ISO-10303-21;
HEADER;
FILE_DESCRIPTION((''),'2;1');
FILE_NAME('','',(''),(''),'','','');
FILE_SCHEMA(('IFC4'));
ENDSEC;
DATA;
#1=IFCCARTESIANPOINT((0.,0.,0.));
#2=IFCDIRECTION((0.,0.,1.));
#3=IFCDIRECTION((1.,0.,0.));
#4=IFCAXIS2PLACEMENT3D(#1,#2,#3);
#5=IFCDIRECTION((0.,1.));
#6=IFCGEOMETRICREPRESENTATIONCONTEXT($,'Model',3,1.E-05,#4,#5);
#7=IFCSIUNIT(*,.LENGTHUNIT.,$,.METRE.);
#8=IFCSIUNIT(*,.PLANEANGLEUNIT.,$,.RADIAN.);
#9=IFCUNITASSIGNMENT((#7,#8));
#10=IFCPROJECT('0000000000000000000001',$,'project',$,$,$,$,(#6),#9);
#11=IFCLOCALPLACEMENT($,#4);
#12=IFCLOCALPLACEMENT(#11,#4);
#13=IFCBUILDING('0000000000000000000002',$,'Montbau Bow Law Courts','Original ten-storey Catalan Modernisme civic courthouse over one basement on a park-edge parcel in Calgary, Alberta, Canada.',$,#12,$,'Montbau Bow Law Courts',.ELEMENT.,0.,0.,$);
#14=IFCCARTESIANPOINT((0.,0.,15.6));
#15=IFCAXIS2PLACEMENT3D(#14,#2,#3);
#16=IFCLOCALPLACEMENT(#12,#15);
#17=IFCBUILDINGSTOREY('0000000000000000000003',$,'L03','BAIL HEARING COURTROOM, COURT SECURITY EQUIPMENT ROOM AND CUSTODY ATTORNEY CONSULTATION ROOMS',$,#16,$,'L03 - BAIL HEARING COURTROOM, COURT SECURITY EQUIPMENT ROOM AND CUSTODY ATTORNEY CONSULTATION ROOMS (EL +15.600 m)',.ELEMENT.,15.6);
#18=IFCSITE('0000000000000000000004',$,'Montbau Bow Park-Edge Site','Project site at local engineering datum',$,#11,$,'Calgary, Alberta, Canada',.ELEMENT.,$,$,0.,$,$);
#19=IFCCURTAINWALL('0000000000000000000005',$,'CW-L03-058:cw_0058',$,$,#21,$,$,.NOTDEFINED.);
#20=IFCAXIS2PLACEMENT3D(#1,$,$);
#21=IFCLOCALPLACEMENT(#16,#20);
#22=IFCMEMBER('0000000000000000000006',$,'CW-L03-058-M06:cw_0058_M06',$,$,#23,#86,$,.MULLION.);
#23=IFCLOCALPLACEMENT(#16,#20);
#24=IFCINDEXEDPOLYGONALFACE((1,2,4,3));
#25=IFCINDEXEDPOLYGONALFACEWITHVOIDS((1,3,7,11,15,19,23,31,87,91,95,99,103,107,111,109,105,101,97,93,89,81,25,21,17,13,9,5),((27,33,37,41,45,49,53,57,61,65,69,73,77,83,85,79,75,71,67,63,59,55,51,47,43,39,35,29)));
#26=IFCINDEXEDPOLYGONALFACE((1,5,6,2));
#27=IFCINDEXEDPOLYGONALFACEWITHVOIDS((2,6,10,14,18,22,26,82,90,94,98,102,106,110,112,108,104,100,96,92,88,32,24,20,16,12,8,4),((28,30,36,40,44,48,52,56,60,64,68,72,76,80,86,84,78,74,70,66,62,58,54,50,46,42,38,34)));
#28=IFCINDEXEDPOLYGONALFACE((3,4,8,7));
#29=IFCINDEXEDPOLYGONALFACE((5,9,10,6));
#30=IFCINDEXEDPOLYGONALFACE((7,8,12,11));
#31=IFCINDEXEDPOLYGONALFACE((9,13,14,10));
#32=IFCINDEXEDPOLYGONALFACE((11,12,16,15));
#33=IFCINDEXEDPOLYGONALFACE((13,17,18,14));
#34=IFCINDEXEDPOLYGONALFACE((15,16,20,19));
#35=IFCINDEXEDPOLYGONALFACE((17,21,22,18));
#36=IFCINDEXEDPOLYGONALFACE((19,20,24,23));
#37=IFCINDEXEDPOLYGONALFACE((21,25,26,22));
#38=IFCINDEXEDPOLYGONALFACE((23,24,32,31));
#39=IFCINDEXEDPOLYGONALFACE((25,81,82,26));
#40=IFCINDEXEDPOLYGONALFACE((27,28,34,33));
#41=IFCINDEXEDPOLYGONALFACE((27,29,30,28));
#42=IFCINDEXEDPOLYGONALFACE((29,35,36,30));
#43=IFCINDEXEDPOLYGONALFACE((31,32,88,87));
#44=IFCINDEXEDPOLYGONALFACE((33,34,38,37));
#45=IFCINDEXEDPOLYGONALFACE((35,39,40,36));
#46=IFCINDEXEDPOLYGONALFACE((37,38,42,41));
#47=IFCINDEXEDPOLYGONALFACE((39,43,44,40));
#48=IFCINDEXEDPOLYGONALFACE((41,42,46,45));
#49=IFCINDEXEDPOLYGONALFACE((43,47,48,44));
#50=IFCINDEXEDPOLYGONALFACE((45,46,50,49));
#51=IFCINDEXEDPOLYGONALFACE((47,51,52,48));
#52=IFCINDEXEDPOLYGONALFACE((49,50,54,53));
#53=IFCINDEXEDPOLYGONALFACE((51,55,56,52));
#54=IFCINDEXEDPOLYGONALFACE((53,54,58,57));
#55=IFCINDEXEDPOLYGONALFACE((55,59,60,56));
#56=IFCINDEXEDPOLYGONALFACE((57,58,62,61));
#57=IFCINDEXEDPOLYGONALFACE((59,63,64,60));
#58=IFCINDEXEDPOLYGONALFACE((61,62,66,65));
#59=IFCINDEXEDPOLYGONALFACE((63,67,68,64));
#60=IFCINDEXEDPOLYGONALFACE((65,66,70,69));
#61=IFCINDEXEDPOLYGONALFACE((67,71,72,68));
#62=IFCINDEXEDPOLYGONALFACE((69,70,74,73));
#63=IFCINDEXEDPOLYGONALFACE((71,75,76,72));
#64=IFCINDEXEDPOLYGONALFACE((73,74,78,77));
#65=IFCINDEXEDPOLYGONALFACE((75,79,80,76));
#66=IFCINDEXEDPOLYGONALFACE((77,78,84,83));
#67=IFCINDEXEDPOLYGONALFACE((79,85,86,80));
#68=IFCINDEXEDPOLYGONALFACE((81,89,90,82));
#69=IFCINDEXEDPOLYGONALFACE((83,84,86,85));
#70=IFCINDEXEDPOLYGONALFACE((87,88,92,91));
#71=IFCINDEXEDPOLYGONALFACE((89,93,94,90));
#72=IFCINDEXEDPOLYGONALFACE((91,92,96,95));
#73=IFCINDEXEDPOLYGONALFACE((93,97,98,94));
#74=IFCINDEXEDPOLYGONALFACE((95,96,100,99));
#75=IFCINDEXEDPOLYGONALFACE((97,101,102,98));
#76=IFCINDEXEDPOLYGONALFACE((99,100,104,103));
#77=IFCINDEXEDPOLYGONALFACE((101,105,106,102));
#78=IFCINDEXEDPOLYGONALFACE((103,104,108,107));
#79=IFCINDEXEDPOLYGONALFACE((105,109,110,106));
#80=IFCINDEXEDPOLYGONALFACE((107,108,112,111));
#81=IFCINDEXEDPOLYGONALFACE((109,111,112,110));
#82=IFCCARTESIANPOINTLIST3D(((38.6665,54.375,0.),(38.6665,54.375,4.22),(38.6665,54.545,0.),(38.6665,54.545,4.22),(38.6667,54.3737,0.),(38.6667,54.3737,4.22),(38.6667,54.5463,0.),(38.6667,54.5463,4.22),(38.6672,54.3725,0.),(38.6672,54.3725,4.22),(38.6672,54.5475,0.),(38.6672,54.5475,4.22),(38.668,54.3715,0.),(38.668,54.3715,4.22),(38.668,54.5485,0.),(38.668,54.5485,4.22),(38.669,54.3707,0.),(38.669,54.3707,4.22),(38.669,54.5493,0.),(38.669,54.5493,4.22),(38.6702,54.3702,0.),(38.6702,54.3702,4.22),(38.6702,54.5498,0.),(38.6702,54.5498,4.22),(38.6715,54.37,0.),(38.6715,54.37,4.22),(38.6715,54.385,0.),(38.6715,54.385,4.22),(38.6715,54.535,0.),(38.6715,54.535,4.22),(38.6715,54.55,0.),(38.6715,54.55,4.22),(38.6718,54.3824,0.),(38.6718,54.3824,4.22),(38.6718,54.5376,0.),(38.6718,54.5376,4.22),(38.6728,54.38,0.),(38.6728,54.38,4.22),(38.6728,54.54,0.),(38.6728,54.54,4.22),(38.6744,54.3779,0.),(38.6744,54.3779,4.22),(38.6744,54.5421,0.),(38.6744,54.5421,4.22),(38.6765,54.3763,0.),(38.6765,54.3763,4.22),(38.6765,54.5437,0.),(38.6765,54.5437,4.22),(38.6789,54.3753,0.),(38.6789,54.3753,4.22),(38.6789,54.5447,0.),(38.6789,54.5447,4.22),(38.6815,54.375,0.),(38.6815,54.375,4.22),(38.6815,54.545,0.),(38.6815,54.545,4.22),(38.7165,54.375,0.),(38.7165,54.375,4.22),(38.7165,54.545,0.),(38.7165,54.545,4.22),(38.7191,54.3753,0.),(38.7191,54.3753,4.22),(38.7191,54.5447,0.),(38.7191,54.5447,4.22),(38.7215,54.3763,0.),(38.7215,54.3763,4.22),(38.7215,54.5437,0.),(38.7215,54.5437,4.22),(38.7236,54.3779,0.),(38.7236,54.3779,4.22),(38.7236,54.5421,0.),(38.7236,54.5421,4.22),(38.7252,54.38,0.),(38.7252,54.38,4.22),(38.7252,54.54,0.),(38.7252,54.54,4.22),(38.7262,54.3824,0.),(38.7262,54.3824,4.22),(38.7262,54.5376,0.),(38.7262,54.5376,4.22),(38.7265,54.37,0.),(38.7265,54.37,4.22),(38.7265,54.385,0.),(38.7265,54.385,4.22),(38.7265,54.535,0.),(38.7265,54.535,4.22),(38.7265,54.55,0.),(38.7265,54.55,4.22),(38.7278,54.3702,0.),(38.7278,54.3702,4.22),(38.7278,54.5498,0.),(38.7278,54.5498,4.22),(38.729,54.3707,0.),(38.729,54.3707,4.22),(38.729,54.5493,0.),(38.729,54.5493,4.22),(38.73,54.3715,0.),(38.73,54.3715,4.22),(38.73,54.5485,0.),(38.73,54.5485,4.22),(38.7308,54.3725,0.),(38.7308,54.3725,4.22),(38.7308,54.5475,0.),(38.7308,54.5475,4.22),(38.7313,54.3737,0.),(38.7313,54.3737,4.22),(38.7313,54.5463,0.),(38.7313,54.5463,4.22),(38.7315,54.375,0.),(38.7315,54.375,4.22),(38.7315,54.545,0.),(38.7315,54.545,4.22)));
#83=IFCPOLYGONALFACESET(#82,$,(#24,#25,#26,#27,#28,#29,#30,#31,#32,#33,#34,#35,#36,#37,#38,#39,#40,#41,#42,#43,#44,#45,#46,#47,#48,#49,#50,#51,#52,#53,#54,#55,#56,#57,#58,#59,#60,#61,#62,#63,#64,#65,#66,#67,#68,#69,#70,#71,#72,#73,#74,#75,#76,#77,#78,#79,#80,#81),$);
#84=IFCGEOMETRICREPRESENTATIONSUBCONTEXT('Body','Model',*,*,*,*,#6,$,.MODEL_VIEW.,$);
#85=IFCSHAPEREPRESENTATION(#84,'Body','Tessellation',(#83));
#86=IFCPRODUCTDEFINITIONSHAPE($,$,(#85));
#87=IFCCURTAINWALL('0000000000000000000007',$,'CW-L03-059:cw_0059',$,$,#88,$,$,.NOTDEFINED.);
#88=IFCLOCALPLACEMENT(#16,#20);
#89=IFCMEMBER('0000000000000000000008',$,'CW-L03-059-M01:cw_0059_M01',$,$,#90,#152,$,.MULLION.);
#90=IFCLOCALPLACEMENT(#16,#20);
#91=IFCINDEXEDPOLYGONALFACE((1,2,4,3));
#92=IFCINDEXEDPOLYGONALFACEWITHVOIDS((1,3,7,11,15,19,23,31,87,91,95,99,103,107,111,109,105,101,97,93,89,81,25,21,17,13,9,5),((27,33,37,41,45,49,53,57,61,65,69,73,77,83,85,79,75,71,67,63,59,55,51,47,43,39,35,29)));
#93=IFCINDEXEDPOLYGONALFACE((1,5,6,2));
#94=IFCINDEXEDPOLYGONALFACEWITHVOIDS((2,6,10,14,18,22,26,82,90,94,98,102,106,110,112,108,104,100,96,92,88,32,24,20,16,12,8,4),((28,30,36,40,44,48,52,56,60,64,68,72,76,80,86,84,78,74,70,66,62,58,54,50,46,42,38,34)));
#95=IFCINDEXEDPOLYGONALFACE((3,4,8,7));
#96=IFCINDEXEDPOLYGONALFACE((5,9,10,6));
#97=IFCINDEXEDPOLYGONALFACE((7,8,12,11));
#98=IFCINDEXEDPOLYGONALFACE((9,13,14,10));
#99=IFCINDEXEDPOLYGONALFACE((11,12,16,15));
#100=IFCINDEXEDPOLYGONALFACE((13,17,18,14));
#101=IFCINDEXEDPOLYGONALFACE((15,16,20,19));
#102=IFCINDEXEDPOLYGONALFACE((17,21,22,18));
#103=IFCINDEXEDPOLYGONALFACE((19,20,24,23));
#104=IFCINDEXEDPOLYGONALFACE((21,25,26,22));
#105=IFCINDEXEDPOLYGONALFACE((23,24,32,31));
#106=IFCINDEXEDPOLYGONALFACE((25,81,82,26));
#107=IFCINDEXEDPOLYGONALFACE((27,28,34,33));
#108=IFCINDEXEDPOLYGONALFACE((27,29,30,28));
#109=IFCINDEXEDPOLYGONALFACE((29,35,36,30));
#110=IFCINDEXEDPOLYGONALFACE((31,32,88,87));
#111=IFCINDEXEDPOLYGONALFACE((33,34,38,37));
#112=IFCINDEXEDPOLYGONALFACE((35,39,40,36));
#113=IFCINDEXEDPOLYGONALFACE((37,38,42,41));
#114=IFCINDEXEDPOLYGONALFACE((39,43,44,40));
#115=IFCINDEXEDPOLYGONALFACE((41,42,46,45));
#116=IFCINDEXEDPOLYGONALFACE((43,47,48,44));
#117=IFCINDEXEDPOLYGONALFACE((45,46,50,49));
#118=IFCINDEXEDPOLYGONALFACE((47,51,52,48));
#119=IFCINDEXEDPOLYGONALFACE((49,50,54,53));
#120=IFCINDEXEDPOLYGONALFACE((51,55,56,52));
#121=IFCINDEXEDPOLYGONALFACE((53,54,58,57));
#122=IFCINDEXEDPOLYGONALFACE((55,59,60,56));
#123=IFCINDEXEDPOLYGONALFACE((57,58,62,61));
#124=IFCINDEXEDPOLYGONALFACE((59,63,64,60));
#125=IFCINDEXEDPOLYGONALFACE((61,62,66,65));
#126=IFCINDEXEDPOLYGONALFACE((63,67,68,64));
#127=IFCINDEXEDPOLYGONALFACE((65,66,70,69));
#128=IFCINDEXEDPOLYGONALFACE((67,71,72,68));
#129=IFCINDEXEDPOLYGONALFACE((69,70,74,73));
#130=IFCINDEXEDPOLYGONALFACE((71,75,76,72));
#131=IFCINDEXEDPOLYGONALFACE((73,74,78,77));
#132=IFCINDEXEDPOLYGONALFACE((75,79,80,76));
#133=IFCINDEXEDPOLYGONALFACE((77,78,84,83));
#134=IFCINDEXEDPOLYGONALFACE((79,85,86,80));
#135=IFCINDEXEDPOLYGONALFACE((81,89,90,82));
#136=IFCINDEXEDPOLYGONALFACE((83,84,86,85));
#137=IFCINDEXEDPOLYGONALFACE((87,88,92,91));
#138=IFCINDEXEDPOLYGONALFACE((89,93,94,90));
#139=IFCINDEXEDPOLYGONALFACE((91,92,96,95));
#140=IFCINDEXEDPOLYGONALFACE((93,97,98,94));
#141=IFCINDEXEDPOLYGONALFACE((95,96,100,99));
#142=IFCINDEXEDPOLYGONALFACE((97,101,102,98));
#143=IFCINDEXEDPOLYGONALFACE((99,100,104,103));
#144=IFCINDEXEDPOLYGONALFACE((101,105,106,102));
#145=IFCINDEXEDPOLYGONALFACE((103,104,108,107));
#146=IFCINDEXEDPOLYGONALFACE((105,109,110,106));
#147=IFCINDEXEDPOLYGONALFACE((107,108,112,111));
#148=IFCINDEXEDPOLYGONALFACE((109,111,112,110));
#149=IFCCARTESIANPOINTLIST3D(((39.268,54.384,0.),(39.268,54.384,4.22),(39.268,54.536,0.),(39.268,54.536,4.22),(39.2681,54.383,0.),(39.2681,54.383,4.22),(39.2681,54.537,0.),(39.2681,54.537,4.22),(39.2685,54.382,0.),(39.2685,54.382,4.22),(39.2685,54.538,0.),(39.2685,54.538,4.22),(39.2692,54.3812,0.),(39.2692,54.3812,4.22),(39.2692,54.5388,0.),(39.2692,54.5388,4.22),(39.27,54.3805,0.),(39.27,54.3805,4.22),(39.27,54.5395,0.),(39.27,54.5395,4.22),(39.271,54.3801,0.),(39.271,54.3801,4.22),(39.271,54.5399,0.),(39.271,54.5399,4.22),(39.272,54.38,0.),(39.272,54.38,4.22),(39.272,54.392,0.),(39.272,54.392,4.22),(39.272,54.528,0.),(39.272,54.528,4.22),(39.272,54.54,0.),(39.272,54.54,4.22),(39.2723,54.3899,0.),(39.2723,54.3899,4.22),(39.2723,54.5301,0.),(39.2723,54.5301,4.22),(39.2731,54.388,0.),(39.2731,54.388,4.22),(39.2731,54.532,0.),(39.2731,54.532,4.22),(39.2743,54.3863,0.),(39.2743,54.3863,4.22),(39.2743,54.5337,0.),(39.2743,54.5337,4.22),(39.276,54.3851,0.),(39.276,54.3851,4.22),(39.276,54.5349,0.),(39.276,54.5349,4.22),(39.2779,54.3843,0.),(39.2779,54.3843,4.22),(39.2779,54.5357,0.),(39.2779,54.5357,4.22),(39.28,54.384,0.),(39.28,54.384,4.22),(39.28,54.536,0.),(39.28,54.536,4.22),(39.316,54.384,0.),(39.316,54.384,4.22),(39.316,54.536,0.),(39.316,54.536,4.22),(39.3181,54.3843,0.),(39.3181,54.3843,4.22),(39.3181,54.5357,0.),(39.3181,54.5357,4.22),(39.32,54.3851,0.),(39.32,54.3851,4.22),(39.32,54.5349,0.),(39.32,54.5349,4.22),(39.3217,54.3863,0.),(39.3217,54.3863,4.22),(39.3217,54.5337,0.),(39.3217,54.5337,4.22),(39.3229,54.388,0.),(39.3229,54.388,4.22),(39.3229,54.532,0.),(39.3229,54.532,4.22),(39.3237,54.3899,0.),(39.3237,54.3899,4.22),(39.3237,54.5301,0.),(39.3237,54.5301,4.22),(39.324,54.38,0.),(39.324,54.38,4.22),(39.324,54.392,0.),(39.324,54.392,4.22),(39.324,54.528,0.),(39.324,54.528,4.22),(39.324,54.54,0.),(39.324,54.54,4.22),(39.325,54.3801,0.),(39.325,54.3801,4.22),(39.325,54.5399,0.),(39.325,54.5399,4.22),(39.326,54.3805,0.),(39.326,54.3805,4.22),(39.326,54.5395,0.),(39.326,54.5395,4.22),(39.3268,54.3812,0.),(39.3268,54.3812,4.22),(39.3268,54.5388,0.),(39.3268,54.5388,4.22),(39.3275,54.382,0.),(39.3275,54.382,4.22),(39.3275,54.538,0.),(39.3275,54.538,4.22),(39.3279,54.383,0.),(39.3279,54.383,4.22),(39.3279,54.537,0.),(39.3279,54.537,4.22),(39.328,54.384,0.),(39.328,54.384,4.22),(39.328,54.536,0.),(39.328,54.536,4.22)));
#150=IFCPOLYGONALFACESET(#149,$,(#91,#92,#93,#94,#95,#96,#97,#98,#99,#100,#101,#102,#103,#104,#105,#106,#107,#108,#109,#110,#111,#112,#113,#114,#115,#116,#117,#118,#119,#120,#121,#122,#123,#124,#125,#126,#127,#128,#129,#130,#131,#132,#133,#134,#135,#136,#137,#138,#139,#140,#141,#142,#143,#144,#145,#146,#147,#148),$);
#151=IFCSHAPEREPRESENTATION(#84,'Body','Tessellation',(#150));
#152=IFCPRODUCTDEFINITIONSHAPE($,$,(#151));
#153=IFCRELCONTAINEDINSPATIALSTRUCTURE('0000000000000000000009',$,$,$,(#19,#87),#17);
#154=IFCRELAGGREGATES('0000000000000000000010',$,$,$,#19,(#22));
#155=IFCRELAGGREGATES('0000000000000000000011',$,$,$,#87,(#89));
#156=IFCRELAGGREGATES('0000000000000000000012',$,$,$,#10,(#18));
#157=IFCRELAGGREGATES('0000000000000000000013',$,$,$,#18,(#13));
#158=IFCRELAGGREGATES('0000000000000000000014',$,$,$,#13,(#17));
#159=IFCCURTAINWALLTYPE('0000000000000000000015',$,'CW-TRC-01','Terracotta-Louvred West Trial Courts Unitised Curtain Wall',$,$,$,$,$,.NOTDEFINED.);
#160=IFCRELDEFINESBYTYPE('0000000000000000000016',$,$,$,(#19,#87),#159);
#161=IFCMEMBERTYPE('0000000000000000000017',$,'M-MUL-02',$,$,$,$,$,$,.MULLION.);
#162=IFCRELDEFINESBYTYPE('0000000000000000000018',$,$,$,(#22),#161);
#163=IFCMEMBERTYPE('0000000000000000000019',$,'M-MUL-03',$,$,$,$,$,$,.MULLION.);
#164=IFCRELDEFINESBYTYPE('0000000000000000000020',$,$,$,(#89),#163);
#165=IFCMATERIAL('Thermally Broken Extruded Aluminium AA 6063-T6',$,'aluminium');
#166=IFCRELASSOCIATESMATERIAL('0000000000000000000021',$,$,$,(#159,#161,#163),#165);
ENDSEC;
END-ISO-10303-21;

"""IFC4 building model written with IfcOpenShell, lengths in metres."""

from ifc_helpers import new_model, si_unit, direction, frame, origin_with_axes, origin_2d_with_axis, place, context, subcontext, project, spatial, hollow_rectangle, extrude, material, material_profile, profile_set, type_object, element, aggregate, save


model = new_model("IFC4")

# Units and contexts
model_context = context("Model", 3, precision=1e-05, world=origin_with_axes(), true_north=direction((0.0, 1.0)))
body_context = subcontext(model_context, "Body", "Model", "MODEL_VIEW")
ifc_project = project(units=[si_unit("LENGTHUNIT", "METRE"), si_unit("PLANEANGLEUNIT", "RADIAN")], contexts=[model_context])

# Site, building, storey
site_placement = place(None, origin_with_axes())
site = spatial("IfcSite", under=ifc_project, at=site_placement, Name="Montbau Bow Park-Edge Site", Description="Project site at local engineering datum", LongName="Calgary, Alberta, Canada", CompositionType="ELEMENT", RefElevation=0.0)
building_placement = place(site_placement, origin_with_axes())
building = spatial("IfcBuilding", under=site, at=building_placement, Name="Montbau Bow Law Courts", Description="Original ten-storey Catalan Modernisme civic courthouse over one basement on a park-edge parcel in Calgary, Alberta, Canada.", LongName="Montbau Bow Law Courts", CompositionType="ELEMENT", ElevationOfRefHeight=0.0, ElevationOfTerrain=0.0)
storey_placement = place(building_placement, frame((0.0, 0.0, 15.6), z_axis=(0.0, 0.0, 1.0), x_axis=(1.0, 0.0, 0.0)))
storey = spatial("IfcBuildingStorey", under=building, at=storey_placement, Name="L03", Description="BAIL HEARING COURTROOM, COURT SECURITY EQUIPMENT ROOM AND CUSTODY ATTORNEY CONSULTATION ROOMS", LongName="L03 - BAIL HEARING COURTROOM, COURT SECURITY EQUIPMENT ROOM AND CUSTODY ATTORNEY CONSULTATION ROOMS (EL +15.600 m)", CompositionType="ELEMENT", Elevation=15.6)

# Curtain wall, member
ifc_material_1 = material(Name="Thermally Broken Extruded Aluminium AA 6063-T6", Category="aluminium")
curtain_wall_type = type_object("IfcCurtainWallType", Name="CW-TRC-01", Description="Terracotta-Louvred West Trial Courts Unitised Curtain Wall", PredefinedType="NOTDEFINED", material=ifc_material_1)
curtain_wall_1_placement = place(None, frame((30.867, 54.46, 15.6), z_axis=(0.0, 0.0, 1.0), x_axis=(1.0, 0.0, 0.0)))
curtain_wall_1 = element("IfcCurtainWall", 1, at=curtain_wall_1_placement, inside=storey, type_object=curtain_wall_type, Name="CW-L03-058:cw_0058", PredefinedType="NOTDEFINED")
ifc_material_profile_1 = material_profile(ifc_material_1, hollow_rectangle(XDim=0.065, YDim=0.18, WallThickness=0.005, InnerFilletRadius=0.01, OuterFilletRadius=0.005, at=origin_2d_with_axis()), Name="CWM-180X65", Category="Main", Priority=0)
ifc_profile_set_1 = profile_set([ifc_material_profile_1], Name="Thermally Broken Extruded Aluminium AA 6063-T6")
member_type_1 = type_object("IfcMemberType", Name="M-MUL-02", PredefinedType="MULLION", material=ifc_profile_set_1)
member_1_placement = place(None, frame((38.699, 54.46, 15.6), z_axis=(0.0, 0.0, 1.0), x_axis=(1.0, 0.0, 0.0)))
member_1 = element("IfcMember", 2, at=member_1_placement, type_object=member_type_1, Name="CW-L03-058-M06:cw_0058_M06", PredefinedType="MULLION", context=body_context, shape_type="SweptSolid", body=[
    extrude(hollow_rectangle(XDim=0.065, YDim=0.18, WallThickness=0.005, InnerFilletRadius=0.01, OuterFilletRadius=0.005, at=origin_2d_with_axis()), origin_with_axes(), (0.0, 0.0, 1.0), 4.22),
])

# Curtain wall, member
curtain_wall_2_placement = place(None, frame((39.268, 54.46, 15.6), z_axis=(0.0, 0.0, 1.0), x_axis=(1.0, 0.0, 0.0)))
curtain_wall_2 = element("IfcCurtainWall", 3, at=curtain_wall_2_placement, inside=storey, type_object=curtain_wall_type, Name="CW-L03-059:cw_0059", PredefinedType="NOTDEFINED")
ifc_material_profile_2 = material_profile(ifc_material_1, hollow_rectangle(XDim=0.06, YDim=0.16, WallThickness=0.004, InnerFilletRadius=0.008, OuterFilletRadius=0.004, at=origin_2d_with_axis()), Name="CWM-160X60", Category="Main", Priority=0)
ifc_profile_set_2 = profile_set([ifc_material_profile_2], Name="Thermally Broken Extruded Aluminium AA 6063-T6")
member_type_2 = type_object("IfcMemberType", Name="M-MUL-03", PredefinedType="MULLION", material=ifc_profile_set_2)
member_2_placement = place(None, frame((39.298, 54.46, 15.6), z_axis=(0.0, 0.0, 1.0), x_axis=(1.0, 0.0, 0.0)))
member_2 = element("IfcMember", 4, at=member_2_placement, type_object=member_type_2, Name="CW-L03-059-M01:cw_0059_M01", PredefinedType="MULLION", context=body_context, shape_type="SweptSolid", body=[
    extrude(hollow_rectangle(XDim=0.06, YDim=0.16, WallThickness=0.004, InnerFilletRadius=0.008, OuterFilletRadius=0.004, at=origin_2d_with_axis()), origin_with_axes(), (0.0, 0.0, 1.0), 4.22),
])

aggregate(curtain_wall_1, [member_1])

aggregate(curtain_wall_2, [member_2])

save(model, "model.ifc")
